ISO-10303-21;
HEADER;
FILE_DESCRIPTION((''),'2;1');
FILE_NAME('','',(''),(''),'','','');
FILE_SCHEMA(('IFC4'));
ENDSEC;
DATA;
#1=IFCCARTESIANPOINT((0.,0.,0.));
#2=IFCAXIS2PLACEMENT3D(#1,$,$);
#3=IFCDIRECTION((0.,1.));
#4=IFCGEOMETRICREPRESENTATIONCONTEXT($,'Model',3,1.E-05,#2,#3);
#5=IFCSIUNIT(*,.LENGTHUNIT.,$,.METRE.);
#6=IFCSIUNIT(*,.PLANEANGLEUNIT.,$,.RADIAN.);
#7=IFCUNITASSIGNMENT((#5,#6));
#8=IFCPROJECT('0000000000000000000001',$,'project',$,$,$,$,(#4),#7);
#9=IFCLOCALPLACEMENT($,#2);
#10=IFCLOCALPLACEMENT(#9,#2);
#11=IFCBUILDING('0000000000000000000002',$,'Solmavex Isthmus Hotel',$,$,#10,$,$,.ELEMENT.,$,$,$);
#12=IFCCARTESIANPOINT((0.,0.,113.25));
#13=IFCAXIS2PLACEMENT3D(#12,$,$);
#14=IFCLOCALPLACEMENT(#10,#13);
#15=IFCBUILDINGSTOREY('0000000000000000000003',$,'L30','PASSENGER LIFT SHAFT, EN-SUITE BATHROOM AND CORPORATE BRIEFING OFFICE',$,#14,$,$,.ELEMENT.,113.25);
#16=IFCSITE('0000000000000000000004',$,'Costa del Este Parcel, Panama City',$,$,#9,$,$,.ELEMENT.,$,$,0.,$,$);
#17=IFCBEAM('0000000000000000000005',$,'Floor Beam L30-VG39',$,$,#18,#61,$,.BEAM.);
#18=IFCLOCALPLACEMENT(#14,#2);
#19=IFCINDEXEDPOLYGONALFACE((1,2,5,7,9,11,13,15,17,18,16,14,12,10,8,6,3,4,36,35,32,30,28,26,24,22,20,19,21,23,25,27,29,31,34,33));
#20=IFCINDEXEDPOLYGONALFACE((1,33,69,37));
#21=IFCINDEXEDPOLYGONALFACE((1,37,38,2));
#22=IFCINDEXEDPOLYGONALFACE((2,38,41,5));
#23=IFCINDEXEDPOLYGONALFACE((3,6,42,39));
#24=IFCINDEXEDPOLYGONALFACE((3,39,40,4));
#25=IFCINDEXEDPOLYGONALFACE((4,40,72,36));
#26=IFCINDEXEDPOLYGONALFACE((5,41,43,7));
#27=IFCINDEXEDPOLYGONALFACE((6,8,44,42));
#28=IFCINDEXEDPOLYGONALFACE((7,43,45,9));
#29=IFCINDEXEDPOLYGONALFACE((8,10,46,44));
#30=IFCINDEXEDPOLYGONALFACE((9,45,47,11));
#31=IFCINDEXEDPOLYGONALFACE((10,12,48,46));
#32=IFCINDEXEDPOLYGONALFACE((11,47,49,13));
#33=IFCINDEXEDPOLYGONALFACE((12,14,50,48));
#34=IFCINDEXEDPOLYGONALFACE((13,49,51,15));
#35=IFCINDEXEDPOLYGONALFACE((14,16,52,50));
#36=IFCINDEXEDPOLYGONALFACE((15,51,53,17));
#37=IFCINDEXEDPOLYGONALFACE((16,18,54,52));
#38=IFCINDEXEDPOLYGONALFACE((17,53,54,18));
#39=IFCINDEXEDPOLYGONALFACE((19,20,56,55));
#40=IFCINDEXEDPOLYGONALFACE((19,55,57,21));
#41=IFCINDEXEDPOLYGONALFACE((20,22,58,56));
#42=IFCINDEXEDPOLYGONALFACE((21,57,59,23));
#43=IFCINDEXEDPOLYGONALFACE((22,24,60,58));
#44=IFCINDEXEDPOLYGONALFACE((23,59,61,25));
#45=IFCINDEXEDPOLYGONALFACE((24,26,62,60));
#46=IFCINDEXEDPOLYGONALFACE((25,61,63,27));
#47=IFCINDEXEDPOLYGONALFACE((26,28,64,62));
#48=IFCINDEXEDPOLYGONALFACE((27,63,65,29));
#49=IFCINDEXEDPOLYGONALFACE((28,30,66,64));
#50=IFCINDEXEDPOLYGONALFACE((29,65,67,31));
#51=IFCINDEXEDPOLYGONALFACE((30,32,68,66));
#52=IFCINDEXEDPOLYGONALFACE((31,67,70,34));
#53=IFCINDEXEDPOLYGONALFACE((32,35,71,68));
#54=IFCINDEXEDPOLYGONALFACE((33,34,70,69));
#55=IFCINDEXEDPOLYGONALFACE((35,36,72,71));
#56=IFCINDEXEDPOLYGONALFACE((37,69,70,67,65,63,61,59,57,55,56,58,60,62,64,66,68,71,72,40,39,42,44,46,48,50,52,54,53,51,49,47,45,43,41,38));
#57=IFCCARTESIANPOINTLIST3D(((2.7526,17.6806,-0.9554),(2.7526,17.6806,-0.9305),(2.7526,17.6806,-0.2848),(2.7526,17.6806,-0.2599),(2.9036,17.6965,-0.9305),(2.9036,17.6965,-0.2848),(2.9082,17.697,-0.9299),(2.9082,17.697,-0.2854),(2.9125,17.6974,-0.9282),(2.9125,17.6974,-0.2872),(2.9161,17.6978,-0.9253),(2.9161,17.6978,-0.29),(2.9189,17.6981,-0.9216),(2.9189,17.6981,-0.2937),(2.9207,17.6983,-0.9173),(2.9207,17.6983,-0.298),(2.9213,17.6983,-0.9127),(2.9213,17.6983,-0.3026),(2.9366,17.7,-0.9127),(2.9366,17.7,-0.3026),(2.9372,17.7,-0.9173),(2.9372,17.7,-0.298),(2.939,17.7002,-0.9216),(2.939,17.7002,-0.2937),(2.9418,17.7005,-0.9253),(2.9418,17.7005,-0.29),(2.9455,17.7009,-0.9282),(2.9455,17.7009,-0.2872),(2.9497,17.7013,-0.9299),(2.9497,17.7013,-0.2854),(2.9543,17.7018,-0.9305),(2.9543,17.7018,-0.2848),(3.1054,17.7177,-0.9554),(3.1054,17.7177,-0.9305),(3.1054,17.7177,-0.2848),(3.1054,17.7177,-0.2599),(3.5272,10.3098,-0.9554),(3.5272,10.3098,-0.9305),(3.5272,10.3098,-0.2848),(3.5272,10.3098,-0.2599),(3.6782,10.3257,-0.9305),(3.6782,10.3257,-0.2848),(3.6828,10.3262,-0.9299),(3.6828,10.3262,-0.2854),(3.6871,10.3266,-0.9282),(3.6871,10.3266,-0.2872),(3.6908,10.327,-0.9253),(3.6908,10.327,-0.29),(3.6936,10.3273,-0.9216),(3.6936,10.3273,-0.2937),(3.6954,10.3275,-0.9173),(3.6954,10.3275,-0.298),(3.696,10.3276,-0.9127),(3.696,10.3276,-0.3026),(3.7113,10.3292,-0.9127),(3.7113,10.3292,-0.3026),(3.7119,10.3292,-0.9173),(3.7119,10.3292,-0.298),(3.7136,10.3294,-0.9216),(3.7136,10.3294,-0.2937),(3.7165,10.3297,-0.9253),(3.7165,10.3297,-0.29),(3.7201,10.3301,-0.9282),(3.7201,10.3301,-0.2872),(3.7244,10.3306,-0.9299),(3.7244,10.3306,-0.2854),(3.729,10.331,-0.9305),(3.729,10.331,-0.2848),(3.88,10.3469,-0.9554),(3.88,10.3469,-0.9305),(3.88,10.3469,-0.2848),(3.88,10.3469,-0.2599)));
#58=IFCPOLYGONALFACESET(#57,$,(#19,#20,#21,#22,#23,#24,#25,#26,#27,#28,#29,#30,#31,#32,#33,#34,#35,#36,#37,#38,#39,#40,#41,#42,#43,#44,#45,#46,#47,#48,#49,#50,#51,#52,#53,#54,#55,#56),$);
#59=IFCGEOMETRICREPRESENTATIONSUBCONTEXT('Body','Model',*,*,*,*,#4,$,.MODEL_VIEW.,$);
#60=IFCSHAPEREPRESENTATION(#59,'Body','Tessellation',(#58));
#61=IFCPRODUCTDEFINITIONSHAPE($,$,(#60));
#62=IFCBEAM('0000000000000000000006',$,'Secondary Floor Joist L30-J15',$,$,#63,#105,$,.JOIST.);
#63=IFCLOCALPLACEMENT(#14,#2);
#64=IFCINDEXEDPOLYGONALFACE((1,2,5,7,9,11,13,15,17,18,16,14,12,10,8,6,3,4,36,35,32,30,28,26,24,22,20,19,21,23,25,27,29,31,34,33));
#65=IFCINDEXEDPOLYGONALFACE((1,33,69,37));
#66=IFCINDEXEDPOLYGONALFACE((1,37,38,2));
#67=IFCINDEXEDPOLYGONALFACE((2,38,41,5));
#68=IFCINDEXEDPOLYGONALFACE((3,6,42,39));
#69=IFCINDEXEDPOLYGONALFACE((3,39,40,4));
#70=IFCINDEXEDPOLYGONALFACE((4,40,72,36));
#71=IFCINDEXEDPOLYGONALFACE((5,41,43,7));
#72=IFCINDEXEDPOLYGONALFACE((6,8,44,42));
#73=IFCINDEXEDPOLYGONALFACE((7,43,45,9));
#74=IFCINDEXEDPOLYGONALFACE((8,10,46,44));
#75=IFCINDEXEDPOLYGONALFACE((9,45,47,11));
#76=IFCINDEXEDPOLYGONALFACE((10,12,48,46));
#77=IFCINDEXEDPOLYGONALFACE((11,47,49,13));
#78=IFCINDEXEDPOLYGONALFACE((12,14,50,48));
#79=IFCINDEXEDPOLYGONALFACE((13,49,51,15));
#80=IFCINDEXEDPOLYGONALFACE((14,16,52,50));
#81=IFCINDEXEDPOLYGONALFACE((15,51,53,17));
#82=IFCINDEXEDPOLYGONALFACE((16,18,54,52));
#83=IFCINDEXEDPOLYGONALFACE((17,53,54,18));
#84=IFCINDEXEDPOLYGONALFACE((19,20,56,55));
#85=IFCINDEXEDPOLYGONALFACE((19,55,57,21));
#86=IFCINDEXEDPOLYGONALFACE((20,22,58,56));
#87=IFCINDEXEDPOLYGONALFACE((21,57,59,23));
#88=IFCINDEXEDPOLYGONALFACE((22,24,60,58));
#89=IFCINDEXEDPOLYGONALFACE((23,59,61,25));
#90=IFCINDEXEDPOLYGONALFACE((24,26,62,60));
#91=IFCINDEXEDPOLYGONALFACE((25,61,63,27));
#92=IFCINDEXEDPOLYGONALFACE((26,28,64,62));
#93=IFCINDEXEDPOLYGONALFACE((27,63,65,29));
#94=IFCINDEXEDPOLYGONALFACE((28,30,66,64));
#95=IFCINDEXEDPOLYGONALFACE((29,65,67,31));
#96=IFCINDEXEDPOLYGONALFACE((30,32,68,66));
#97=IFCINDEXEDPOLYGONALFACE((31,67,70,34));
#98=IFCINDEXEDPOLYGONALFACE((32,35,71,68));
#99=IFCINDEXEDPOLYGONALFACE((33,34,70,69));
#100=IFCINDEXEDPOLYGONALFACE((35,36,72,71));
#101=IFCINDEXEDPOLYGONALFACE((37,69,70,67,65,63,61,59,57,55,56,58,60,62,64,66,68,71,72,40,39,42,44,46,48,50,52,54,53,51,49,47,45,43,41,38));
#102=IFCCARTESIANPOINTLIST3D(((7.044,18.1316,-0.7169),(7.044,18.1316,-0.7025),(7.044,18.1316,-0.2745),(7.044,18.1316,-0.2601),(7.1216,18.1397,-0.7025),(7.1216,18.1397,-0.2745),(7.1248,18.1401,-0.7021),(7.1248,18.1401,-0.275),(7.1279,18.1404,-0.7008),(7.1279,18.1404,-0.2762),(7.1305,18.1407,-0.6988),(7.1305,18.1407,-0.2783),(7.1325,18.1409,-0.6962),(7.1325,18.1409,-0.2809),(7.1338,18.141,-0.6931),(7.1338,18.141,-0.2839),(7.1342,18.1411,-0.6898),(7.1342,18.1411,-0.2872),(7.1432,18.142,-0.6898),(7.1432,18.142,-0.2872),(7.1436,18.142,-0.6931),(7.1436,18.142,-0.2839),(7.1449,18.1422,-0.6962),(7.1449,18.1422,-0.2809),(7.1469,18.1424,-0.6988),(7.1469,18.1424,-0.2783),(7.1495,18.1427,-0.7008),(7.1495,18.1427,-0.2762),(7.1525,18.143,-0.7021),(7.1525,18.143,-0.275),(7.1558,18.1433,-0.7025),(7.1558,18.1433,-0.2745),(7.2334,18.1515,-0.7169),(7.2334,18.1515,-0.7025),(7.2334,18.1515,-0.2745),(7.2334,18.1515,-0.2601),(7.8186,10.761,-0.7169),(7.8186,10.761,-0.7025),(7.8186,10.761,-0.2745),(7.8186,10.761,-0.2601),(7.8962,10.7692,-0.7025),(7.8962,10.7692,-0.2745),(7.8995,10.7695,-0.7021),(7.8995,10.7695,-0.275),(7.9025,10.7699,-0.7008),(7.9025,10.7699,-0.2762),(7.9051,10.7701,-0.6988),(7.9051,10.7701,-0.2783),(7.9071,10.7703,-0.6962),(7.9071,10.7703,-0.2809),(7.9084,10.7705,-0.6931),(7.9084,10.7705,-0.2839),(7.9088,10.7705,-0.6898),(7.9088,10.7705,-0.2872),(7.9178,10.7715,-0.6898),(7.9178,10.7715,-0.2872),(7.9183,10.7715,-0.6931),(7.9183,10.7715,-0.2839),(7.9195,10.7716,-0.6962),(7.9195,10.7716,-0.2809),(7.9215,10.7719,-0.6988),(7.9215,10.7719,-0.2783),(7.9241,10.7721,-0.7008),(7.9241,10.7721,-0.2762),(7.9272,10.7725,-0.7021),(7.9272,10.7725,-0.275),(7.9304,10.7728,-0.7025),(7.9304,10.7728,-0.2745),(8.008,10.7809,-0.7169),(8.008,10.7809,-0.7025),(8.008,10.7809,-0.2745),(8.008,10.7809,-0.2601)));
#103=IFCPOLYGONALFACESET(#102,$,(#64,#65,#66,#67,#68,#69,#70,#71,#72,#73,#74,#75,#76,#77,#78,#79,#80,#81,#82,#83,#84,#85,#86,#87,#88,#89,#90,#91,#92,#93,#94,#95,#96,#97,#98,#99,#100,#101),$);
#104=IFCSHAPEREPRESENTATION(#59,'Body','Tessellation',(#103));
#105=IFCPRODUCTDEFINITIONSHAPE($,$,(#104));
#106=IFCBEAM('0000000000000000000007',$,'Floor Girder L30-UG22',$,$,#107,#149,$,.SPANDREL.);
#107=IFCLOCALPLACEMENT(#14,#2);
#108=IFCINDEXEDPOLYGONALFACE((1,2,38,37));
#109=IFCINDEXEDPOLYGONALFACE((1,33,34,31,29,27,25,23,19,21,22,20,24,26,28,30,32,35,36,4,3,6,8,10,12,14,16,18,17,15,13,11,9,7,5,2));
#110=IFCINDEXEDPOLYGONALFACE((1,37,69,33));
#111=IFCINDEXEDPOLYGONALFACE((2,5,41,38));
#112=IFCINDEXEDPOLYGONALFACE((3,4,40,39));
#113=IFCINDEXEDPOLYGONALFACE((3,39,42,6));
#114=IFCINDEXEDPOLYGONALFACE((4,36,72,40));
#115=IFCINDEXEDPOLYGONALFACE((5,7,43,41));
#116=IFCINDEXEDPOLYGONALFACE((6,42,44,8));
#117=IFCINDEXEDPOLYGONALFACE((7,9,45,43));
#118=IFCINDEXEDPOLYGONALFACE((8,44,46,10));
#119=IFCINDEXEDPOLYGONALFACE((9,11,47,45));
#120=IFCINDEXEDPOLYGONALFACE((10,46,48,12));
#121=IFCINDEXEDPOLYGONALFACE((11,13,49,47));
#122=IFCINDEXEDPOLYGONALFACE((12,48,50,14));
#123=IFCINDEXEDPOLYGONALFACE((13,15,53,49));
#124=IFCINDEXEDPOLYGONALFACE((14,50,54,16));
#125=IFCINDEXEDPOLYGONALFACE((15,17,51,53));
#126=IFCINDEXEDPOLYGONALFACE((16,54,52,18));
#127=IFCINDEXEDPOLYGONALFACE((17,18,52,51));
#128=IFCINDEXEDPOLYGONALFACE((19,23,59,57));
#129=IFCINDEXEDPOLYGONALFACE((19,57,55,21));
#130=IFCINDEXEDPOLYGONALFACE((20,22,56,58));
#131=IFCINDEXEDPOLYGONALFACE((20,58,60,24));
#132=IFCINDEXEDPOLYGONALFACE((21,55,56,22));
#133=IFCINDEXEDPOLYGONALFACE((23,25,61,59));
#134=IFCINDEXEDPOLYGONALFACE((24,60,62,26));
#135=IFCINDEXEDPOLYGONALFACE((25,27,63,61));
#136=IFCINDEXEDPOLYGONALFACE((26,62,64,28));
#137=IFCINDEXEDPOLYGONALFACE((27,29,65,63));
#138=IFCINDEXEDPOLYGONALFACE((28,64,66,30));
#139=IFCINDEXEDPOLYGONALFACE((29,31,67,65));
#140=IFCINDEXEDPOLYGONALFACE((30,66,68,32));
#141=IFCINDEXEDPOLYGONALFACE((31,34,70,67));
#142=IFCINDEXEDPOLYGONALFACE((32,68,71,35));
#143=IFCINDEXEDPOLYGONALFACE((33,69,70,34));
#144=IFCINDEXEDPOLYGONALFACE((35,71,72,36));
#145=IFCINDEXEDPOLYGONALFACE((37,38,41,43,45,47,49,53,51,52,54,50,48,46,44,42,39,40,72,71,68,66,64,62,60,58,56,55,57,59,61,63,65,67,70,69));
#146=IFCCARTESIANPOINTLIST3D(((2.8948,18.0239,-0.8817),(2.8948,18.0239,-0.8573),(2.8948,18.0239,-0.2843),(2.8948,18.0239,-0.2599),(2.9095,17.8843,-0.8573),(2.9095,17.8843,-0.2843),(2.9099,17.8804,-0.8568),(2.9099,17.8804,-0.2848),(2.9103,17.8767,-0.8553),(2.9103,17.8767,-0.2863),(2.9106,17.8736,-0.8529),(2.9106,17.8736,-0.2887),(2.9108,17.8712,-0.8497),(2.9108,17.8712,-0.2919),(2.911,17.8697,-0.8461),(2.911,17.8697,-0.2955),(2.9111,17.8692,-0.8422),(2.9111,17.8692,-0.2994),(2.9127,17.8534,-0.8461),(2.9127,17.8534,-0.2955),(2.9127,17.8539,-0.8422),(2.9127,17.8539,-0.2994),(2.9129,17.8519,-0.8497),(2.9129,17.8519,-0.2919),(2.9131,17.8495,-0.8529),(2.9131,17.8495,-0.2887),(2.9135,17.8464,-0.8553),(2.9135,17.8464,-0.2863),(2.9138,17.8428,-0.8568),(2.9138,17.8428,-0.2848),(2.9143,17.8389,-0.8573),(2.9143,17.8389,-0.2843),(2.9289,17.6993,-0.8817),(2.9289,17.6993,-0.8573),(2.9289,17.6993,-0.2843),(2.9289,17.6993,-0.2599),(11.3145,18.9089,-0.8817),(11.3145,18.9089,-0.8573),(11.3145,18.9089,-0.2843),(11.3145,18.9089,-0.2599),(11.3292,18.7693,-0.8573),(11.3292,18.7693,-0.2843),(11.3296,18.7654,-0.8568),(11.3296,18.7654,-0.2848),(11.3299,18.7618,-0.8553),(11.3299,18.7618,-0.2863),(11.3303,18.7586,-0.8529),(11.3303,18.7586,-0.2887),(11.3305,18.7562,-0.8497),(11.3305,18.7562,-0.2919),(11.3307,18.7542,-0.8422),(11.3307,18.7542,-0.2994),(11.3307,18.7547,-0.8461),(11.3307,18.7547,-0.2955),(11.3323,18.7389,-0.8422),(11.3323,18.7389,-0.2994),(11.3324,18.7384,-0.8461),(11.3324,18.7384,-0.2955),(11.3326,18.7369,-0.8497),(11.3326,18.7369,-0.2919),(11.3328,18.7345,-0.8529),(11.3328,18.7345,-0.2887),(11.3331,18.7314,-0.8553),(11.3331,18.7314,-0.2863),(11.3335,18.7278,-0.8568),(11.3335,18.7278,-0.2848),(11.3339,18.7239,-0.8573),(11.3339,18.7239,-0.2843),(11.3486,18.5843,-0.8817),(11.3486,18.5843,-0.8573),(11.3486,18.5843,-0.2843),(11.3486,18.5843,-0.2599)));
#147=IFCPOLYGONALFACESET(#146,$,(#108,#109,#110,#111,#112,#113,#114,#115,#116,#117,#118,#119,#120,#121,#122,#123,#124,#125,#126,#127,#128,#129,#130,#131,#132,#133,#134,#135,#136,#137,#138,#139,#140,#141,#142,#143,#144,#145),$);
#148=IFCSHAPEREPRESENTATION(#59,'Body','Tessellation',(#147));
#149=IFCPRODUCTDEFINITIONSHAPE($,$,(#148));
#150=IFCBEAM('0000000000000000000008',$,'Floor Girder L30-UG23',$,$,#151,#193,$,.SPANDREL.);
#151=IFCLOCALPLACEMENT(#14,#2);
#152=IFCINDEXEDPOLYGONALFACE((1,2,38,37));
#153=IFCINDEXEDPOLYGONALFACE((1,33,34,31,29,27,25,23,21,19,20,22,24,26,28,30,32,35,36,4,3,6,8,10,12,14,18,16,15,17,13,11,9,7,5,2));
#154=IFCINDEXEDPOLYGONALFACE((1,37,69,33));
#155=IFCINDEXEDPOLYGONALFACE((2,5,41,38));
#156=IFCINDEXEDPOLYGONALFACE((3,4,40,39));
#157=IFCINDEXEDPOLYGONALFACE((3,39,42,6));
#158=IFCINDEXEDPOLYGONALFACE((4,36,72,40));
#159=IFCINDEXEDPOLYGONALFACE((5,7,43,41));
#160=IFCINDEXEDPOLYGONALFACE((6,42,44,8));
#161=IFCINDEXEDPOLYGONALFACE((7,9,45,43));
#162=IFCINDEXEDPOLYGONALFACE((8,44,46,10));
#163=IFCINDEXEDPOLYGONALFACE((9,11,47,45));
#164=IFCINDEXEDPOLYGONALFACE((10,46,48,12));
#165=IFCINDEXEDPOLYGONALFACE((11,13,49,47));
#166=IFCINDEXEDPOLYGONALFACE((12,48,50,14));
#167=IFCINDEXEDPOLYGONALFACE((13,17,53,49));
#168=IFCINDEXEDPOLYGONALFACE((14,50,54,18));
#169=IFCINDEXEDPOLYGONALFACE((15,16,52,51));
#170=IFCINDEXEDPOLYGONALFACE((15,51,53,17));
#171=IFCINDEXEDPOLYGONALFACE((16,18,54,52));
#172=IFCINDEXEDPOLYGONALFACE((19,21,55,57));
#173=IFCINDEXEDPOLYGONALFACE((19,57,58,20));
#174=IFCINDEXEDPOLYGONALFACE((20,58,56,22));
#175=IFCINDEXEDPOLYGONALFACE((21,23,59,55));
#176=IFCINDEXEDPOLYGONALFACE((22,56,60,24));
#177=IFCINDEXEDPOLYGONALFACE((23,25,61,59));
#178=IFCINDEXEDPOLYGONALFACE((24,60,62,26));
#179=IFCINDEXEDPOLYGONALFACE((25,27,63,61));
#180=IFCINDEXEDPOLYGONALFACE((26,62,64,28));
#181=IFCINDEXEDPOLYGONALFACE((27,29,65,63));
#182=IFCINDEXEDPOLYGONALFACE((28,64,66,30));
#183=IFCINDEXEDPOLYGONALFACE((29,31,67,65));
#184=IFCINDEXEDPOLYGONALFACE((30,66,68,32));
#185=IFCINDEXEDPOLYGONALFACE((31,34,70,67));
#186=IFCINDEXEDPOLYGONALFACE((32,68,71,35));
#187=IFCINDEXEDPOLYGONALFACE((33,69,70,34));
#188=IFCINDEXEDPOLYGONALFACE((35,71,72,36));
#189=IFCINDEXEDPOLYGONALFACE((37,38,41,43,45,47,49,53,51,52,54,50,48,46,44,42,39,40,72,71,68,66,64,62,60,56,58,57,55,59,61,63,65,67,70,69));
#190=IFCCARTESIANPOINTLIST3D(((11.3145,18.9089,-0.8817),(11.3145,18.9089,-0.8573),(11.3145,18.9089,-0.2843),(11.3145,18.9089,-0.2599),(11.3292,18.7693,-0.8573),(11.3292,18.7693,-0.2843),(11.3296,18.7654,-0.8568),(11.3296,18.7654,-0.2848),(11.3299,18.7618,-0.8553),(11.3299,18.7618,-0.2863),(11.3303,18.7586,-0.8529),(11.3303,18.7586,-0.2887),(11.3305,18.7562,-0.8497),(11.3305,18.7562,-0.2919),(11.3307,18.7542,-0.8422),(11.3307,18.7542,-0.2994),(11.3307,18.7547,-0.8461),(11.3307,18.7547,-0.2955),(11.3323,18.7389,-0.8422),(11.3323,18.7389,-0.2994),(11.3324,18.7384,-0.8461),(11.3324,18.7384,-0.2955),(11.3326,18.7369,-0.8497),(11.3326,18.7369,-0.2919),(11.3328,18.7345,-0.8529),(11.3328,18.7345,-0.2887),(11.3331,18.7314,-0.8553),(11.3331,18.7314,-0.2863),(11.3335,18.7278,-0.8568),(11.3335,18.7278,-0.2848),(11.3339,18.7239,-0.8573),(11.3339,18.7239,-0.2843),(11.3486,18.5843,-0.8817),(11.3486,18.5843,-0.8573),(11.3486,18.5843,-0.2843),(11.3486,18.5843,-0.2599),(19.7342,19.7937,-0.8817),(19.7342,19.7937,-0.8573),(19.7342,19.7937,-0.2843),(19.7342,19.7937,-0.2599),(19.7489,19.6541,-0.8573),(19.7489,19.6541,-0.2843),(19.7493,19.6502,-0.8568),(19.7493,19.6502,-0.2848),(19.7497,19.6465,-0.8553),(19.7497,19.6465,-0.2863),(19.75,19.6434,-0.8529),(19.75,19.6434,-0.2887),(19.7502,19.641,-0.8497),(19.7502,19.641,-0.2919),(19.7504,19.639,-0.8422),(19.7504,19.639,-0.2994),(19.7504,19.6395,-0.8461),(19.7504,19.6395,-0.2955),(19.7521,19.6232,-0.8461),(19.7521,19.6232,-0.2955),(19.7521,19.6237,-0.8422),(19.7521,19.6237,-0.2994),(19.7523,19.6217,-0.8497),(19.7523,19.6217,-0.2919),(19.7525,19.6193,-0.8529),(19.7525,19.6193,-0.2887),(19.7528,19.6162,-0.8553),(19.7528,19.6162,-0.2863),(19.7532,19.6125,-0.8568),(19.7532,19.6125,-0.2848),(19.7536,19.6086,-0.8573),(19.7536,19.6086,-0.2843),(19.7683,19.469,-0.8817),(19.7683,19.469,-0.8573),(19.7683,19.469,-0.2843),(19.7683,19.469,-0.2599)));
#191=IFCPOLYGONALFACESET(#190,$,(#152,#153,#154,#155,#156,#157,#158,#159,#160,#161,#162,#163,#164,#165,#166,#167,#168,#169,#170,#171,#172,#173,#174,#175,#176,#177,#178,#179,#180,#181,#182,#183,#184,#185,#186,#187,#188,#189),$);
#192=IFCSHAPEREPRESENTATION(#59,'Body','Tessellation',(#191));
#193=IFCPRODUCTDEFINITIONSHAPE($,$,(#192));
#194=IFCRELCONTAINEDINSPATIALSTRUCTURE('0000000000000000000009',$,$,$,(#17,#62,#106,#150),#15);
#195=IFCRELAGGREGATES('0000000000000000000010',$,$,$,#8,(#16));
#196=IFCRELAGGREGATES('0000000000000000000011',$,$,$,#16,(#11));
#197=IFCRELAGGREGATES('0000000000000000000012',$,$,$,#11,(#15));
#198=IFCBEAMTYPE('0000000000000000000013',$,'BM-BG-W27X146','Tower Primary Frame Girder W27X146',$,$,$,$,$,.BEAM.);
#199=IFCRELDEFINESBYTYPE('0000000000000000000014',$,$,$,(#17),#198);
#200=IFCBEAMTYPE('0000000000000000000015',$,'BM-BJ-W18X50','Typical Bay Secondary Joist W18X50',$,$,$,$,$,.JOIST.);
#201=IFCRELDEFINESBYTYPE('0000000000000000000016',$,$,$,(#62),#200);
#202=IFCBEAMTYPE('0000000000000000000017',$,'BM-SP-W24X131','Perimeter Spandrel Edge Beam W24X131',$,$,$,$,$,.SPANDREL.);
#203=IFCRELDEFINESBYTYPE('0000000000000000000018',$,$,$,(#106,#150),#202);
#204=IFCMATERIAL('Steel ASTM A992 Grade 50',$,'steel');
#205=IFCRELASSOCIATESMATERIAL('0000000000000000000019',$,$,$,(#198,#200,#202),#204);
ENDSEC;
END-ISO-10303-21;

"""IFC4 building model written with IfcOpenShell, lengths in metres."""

from ifc_helpers import new_model, si_unit, direction, frame, origin, origin_2d, place, context, subcontext, project, spatial, i_section, extrude, material, material_profile, profile_set, type_object, element, save


model = new_model("IFC4")

# Units and contexts
model_context = context("Model", 3, precision=1e-05, world=origin(), true_north=direction((0.0, 1.0)))
body_context = subcontext(model_context, "Body", "Model", "MODEL_VIEW")
ifc_project = project(units=[si_unit("LENGTHUNIT", "METRE"), si_unit("PLANEANGLEUNIT", "RADIAN")], contexts=[model_context])

# Site, building, storey
site_placement = place(None, origin())
site = spatial("IfcSite", under=ifc_project, at=site_placement, Name="Costa del Este Parcel, Panama City", CompositionType="ELEMENT", RefElevation=0.0)
building_placement = place(site_placement, origin())
building = spatial("IfcBuilding", under=site, at=building_placement, Name="Solmavex Isthmus Hotel", CompositionType="ELEMENT")
storey_placement = place(building_placement, frame((0.0, 0.0, 113.25)))
storey = spatial("IfcBuildingStorey", under=building, at=storey_placement, Name="L30", Description="PASSENGER LIFT SHAFT, EN-SUITE BATHROOM AND CORPORATE BRIEFING OFFICE", CompositionType="ELEMENT", Elevation=113.25)

# Beams
ifc_material_1 = material(Name="Steel ASTM A992 Grade 50", Category="steel")
ifc_material_profile_1 = material_profile(ifc_material_1, i_section(OverallWidth=0.3547, OverallDepth=0.6956, WebThickness=0.0154, FlangeThickness=0.0249, FilletRadius=0.0178, at=origin_2d()), Name="W27X146")
ifc_profile_set_1 = profile_set([ifc_material_profile_1], Name="Steel ASTM A992 Grade 50")
beam_type_1 = type_object("IfcBeamType", Name="BM-BG-W27X146", Description="Tower Primary Frame Girder W27X146", PredefinedType="BEAM", material=ifc_profile_set_1)
beam_1_placement = place(storey_placement, frame((3.7036, 10.3284, -0.6077), z_axis=(-0.104522, 0.994523, 0.0), x_axis=(-0.994523, -0.104522, 0.0)))
element("IfcBeam", 1, at=beam_1_placement, inside=storey, type_object=beam_type_1, Name="Floor Beam L30-VG39", PredefinedType="BEAM", context=body_context, shape_type="SweptSolid", body=[
    extrude(i_section(OverallWidth=0.3547, OverallDepth=0.6956, WebThickness=0.0154, FlangeThickness=0.0249, FilletRadius=0.0178, at=origin_2d()), origin(), (0.0, 0.0, 1.0), 7.4114),
])
ifc_material_profile_2 = material_profile(ifc_material_1, i_section(OverallWidth=0.1904, OverallDepth=0.4568, WebThickness=0.009, FlangeThickness=0.0144, FilletRadius=0.0127, at=origin_2d()), Name="W18X50")
ifc_profile_set_2 = profile_set([ifc_material_profile_2], Name="Steel ASTM A992 Grade 50")
beam_type_2 = type_object("IfcBeamType", Name="BM-BJ-W18X50", Description="Typical Bay Secondary Joist W18X50", PredefinedType="JOIST", material=ifc_profile_set_2)
beam_2_placement = place(storey_placement, frame((7.9133, 10.771, -0.4885), z_axis=(-0.104525, 0.994522, 0.0), x_axis=(-0.994522, -0.104525, 0.0)))
element("IfcBeam", 2, at=beam_2_placement, inside=storey, type_object=beam_type_2, Name="Secondary Floor Joist L30-J15", PredefinedType="JOIST", context=body_context, shape_type="SweptSolid", body=[
    extrude(i_section(OverallWidth=0.1904, OverallDepth=0.4568, WebThickness=0.009, FlangeThickness=0.0144, FilletRadius=0.0127, at=origin_2d()), origin(), (0.0, 0.0, 1.0), 7.4111),
])
ifc_material_profile_3 = material_profile(ifc_material_1, i_section(OverallWidth=0.3264, OverallDepth=0.6218, WebThickness=0.0154, FlangeThickness=0.0244, FilletRadius=0.0151, at=origin_2d()), Name="W24X131")
ifc_profile_set_3 = profile_set([ifc_material_profile_3], Name="Steel ASTM A992 Grade 50")
beam_type_3 = type_object("IfcBeamType", Name="BM-SP-W24X131", Description="Perimeter Spandrel Edge Beam W24X131", PredefinedType="SPANDREL", material=ifc_profile_set_3)
for number, where, z_axis, x_axis, name in (
    (3, (2.9119, 17.8616, -0.5708), (0.994521, 0.104536, 0.0), (-0.104536, 0.994521, 0.0), "Floor Girder L30-UG22"),
    (4, (11.3315, 18.7466, -0.5708), (0.994524, 0.104508, 0.0), (-0.104508, 0.994524, 0.0), "Floor Girder L30-UG23"),
):
    element("IfcBeam", number, at=place(storey_placement, frame(where, z_axis=z_axis, x_axis=x_axis)), inside=storey, type_object=beam_type_3, Name=name, PredefinedType="SPANDREL", context=body_context, shape_type="SweptSolid", body=[
        extrude(i_section(OverallWidth=0.3264, OverallDepth=0.6218, WebThickness=0.0154, FlangeThickness=0.0244, FilletRadius=0.0151, at=origin_2d()), origin(), (0.0, 0.0, 1.0), 8.4661),
    ])

save(model, "model.ifc")
